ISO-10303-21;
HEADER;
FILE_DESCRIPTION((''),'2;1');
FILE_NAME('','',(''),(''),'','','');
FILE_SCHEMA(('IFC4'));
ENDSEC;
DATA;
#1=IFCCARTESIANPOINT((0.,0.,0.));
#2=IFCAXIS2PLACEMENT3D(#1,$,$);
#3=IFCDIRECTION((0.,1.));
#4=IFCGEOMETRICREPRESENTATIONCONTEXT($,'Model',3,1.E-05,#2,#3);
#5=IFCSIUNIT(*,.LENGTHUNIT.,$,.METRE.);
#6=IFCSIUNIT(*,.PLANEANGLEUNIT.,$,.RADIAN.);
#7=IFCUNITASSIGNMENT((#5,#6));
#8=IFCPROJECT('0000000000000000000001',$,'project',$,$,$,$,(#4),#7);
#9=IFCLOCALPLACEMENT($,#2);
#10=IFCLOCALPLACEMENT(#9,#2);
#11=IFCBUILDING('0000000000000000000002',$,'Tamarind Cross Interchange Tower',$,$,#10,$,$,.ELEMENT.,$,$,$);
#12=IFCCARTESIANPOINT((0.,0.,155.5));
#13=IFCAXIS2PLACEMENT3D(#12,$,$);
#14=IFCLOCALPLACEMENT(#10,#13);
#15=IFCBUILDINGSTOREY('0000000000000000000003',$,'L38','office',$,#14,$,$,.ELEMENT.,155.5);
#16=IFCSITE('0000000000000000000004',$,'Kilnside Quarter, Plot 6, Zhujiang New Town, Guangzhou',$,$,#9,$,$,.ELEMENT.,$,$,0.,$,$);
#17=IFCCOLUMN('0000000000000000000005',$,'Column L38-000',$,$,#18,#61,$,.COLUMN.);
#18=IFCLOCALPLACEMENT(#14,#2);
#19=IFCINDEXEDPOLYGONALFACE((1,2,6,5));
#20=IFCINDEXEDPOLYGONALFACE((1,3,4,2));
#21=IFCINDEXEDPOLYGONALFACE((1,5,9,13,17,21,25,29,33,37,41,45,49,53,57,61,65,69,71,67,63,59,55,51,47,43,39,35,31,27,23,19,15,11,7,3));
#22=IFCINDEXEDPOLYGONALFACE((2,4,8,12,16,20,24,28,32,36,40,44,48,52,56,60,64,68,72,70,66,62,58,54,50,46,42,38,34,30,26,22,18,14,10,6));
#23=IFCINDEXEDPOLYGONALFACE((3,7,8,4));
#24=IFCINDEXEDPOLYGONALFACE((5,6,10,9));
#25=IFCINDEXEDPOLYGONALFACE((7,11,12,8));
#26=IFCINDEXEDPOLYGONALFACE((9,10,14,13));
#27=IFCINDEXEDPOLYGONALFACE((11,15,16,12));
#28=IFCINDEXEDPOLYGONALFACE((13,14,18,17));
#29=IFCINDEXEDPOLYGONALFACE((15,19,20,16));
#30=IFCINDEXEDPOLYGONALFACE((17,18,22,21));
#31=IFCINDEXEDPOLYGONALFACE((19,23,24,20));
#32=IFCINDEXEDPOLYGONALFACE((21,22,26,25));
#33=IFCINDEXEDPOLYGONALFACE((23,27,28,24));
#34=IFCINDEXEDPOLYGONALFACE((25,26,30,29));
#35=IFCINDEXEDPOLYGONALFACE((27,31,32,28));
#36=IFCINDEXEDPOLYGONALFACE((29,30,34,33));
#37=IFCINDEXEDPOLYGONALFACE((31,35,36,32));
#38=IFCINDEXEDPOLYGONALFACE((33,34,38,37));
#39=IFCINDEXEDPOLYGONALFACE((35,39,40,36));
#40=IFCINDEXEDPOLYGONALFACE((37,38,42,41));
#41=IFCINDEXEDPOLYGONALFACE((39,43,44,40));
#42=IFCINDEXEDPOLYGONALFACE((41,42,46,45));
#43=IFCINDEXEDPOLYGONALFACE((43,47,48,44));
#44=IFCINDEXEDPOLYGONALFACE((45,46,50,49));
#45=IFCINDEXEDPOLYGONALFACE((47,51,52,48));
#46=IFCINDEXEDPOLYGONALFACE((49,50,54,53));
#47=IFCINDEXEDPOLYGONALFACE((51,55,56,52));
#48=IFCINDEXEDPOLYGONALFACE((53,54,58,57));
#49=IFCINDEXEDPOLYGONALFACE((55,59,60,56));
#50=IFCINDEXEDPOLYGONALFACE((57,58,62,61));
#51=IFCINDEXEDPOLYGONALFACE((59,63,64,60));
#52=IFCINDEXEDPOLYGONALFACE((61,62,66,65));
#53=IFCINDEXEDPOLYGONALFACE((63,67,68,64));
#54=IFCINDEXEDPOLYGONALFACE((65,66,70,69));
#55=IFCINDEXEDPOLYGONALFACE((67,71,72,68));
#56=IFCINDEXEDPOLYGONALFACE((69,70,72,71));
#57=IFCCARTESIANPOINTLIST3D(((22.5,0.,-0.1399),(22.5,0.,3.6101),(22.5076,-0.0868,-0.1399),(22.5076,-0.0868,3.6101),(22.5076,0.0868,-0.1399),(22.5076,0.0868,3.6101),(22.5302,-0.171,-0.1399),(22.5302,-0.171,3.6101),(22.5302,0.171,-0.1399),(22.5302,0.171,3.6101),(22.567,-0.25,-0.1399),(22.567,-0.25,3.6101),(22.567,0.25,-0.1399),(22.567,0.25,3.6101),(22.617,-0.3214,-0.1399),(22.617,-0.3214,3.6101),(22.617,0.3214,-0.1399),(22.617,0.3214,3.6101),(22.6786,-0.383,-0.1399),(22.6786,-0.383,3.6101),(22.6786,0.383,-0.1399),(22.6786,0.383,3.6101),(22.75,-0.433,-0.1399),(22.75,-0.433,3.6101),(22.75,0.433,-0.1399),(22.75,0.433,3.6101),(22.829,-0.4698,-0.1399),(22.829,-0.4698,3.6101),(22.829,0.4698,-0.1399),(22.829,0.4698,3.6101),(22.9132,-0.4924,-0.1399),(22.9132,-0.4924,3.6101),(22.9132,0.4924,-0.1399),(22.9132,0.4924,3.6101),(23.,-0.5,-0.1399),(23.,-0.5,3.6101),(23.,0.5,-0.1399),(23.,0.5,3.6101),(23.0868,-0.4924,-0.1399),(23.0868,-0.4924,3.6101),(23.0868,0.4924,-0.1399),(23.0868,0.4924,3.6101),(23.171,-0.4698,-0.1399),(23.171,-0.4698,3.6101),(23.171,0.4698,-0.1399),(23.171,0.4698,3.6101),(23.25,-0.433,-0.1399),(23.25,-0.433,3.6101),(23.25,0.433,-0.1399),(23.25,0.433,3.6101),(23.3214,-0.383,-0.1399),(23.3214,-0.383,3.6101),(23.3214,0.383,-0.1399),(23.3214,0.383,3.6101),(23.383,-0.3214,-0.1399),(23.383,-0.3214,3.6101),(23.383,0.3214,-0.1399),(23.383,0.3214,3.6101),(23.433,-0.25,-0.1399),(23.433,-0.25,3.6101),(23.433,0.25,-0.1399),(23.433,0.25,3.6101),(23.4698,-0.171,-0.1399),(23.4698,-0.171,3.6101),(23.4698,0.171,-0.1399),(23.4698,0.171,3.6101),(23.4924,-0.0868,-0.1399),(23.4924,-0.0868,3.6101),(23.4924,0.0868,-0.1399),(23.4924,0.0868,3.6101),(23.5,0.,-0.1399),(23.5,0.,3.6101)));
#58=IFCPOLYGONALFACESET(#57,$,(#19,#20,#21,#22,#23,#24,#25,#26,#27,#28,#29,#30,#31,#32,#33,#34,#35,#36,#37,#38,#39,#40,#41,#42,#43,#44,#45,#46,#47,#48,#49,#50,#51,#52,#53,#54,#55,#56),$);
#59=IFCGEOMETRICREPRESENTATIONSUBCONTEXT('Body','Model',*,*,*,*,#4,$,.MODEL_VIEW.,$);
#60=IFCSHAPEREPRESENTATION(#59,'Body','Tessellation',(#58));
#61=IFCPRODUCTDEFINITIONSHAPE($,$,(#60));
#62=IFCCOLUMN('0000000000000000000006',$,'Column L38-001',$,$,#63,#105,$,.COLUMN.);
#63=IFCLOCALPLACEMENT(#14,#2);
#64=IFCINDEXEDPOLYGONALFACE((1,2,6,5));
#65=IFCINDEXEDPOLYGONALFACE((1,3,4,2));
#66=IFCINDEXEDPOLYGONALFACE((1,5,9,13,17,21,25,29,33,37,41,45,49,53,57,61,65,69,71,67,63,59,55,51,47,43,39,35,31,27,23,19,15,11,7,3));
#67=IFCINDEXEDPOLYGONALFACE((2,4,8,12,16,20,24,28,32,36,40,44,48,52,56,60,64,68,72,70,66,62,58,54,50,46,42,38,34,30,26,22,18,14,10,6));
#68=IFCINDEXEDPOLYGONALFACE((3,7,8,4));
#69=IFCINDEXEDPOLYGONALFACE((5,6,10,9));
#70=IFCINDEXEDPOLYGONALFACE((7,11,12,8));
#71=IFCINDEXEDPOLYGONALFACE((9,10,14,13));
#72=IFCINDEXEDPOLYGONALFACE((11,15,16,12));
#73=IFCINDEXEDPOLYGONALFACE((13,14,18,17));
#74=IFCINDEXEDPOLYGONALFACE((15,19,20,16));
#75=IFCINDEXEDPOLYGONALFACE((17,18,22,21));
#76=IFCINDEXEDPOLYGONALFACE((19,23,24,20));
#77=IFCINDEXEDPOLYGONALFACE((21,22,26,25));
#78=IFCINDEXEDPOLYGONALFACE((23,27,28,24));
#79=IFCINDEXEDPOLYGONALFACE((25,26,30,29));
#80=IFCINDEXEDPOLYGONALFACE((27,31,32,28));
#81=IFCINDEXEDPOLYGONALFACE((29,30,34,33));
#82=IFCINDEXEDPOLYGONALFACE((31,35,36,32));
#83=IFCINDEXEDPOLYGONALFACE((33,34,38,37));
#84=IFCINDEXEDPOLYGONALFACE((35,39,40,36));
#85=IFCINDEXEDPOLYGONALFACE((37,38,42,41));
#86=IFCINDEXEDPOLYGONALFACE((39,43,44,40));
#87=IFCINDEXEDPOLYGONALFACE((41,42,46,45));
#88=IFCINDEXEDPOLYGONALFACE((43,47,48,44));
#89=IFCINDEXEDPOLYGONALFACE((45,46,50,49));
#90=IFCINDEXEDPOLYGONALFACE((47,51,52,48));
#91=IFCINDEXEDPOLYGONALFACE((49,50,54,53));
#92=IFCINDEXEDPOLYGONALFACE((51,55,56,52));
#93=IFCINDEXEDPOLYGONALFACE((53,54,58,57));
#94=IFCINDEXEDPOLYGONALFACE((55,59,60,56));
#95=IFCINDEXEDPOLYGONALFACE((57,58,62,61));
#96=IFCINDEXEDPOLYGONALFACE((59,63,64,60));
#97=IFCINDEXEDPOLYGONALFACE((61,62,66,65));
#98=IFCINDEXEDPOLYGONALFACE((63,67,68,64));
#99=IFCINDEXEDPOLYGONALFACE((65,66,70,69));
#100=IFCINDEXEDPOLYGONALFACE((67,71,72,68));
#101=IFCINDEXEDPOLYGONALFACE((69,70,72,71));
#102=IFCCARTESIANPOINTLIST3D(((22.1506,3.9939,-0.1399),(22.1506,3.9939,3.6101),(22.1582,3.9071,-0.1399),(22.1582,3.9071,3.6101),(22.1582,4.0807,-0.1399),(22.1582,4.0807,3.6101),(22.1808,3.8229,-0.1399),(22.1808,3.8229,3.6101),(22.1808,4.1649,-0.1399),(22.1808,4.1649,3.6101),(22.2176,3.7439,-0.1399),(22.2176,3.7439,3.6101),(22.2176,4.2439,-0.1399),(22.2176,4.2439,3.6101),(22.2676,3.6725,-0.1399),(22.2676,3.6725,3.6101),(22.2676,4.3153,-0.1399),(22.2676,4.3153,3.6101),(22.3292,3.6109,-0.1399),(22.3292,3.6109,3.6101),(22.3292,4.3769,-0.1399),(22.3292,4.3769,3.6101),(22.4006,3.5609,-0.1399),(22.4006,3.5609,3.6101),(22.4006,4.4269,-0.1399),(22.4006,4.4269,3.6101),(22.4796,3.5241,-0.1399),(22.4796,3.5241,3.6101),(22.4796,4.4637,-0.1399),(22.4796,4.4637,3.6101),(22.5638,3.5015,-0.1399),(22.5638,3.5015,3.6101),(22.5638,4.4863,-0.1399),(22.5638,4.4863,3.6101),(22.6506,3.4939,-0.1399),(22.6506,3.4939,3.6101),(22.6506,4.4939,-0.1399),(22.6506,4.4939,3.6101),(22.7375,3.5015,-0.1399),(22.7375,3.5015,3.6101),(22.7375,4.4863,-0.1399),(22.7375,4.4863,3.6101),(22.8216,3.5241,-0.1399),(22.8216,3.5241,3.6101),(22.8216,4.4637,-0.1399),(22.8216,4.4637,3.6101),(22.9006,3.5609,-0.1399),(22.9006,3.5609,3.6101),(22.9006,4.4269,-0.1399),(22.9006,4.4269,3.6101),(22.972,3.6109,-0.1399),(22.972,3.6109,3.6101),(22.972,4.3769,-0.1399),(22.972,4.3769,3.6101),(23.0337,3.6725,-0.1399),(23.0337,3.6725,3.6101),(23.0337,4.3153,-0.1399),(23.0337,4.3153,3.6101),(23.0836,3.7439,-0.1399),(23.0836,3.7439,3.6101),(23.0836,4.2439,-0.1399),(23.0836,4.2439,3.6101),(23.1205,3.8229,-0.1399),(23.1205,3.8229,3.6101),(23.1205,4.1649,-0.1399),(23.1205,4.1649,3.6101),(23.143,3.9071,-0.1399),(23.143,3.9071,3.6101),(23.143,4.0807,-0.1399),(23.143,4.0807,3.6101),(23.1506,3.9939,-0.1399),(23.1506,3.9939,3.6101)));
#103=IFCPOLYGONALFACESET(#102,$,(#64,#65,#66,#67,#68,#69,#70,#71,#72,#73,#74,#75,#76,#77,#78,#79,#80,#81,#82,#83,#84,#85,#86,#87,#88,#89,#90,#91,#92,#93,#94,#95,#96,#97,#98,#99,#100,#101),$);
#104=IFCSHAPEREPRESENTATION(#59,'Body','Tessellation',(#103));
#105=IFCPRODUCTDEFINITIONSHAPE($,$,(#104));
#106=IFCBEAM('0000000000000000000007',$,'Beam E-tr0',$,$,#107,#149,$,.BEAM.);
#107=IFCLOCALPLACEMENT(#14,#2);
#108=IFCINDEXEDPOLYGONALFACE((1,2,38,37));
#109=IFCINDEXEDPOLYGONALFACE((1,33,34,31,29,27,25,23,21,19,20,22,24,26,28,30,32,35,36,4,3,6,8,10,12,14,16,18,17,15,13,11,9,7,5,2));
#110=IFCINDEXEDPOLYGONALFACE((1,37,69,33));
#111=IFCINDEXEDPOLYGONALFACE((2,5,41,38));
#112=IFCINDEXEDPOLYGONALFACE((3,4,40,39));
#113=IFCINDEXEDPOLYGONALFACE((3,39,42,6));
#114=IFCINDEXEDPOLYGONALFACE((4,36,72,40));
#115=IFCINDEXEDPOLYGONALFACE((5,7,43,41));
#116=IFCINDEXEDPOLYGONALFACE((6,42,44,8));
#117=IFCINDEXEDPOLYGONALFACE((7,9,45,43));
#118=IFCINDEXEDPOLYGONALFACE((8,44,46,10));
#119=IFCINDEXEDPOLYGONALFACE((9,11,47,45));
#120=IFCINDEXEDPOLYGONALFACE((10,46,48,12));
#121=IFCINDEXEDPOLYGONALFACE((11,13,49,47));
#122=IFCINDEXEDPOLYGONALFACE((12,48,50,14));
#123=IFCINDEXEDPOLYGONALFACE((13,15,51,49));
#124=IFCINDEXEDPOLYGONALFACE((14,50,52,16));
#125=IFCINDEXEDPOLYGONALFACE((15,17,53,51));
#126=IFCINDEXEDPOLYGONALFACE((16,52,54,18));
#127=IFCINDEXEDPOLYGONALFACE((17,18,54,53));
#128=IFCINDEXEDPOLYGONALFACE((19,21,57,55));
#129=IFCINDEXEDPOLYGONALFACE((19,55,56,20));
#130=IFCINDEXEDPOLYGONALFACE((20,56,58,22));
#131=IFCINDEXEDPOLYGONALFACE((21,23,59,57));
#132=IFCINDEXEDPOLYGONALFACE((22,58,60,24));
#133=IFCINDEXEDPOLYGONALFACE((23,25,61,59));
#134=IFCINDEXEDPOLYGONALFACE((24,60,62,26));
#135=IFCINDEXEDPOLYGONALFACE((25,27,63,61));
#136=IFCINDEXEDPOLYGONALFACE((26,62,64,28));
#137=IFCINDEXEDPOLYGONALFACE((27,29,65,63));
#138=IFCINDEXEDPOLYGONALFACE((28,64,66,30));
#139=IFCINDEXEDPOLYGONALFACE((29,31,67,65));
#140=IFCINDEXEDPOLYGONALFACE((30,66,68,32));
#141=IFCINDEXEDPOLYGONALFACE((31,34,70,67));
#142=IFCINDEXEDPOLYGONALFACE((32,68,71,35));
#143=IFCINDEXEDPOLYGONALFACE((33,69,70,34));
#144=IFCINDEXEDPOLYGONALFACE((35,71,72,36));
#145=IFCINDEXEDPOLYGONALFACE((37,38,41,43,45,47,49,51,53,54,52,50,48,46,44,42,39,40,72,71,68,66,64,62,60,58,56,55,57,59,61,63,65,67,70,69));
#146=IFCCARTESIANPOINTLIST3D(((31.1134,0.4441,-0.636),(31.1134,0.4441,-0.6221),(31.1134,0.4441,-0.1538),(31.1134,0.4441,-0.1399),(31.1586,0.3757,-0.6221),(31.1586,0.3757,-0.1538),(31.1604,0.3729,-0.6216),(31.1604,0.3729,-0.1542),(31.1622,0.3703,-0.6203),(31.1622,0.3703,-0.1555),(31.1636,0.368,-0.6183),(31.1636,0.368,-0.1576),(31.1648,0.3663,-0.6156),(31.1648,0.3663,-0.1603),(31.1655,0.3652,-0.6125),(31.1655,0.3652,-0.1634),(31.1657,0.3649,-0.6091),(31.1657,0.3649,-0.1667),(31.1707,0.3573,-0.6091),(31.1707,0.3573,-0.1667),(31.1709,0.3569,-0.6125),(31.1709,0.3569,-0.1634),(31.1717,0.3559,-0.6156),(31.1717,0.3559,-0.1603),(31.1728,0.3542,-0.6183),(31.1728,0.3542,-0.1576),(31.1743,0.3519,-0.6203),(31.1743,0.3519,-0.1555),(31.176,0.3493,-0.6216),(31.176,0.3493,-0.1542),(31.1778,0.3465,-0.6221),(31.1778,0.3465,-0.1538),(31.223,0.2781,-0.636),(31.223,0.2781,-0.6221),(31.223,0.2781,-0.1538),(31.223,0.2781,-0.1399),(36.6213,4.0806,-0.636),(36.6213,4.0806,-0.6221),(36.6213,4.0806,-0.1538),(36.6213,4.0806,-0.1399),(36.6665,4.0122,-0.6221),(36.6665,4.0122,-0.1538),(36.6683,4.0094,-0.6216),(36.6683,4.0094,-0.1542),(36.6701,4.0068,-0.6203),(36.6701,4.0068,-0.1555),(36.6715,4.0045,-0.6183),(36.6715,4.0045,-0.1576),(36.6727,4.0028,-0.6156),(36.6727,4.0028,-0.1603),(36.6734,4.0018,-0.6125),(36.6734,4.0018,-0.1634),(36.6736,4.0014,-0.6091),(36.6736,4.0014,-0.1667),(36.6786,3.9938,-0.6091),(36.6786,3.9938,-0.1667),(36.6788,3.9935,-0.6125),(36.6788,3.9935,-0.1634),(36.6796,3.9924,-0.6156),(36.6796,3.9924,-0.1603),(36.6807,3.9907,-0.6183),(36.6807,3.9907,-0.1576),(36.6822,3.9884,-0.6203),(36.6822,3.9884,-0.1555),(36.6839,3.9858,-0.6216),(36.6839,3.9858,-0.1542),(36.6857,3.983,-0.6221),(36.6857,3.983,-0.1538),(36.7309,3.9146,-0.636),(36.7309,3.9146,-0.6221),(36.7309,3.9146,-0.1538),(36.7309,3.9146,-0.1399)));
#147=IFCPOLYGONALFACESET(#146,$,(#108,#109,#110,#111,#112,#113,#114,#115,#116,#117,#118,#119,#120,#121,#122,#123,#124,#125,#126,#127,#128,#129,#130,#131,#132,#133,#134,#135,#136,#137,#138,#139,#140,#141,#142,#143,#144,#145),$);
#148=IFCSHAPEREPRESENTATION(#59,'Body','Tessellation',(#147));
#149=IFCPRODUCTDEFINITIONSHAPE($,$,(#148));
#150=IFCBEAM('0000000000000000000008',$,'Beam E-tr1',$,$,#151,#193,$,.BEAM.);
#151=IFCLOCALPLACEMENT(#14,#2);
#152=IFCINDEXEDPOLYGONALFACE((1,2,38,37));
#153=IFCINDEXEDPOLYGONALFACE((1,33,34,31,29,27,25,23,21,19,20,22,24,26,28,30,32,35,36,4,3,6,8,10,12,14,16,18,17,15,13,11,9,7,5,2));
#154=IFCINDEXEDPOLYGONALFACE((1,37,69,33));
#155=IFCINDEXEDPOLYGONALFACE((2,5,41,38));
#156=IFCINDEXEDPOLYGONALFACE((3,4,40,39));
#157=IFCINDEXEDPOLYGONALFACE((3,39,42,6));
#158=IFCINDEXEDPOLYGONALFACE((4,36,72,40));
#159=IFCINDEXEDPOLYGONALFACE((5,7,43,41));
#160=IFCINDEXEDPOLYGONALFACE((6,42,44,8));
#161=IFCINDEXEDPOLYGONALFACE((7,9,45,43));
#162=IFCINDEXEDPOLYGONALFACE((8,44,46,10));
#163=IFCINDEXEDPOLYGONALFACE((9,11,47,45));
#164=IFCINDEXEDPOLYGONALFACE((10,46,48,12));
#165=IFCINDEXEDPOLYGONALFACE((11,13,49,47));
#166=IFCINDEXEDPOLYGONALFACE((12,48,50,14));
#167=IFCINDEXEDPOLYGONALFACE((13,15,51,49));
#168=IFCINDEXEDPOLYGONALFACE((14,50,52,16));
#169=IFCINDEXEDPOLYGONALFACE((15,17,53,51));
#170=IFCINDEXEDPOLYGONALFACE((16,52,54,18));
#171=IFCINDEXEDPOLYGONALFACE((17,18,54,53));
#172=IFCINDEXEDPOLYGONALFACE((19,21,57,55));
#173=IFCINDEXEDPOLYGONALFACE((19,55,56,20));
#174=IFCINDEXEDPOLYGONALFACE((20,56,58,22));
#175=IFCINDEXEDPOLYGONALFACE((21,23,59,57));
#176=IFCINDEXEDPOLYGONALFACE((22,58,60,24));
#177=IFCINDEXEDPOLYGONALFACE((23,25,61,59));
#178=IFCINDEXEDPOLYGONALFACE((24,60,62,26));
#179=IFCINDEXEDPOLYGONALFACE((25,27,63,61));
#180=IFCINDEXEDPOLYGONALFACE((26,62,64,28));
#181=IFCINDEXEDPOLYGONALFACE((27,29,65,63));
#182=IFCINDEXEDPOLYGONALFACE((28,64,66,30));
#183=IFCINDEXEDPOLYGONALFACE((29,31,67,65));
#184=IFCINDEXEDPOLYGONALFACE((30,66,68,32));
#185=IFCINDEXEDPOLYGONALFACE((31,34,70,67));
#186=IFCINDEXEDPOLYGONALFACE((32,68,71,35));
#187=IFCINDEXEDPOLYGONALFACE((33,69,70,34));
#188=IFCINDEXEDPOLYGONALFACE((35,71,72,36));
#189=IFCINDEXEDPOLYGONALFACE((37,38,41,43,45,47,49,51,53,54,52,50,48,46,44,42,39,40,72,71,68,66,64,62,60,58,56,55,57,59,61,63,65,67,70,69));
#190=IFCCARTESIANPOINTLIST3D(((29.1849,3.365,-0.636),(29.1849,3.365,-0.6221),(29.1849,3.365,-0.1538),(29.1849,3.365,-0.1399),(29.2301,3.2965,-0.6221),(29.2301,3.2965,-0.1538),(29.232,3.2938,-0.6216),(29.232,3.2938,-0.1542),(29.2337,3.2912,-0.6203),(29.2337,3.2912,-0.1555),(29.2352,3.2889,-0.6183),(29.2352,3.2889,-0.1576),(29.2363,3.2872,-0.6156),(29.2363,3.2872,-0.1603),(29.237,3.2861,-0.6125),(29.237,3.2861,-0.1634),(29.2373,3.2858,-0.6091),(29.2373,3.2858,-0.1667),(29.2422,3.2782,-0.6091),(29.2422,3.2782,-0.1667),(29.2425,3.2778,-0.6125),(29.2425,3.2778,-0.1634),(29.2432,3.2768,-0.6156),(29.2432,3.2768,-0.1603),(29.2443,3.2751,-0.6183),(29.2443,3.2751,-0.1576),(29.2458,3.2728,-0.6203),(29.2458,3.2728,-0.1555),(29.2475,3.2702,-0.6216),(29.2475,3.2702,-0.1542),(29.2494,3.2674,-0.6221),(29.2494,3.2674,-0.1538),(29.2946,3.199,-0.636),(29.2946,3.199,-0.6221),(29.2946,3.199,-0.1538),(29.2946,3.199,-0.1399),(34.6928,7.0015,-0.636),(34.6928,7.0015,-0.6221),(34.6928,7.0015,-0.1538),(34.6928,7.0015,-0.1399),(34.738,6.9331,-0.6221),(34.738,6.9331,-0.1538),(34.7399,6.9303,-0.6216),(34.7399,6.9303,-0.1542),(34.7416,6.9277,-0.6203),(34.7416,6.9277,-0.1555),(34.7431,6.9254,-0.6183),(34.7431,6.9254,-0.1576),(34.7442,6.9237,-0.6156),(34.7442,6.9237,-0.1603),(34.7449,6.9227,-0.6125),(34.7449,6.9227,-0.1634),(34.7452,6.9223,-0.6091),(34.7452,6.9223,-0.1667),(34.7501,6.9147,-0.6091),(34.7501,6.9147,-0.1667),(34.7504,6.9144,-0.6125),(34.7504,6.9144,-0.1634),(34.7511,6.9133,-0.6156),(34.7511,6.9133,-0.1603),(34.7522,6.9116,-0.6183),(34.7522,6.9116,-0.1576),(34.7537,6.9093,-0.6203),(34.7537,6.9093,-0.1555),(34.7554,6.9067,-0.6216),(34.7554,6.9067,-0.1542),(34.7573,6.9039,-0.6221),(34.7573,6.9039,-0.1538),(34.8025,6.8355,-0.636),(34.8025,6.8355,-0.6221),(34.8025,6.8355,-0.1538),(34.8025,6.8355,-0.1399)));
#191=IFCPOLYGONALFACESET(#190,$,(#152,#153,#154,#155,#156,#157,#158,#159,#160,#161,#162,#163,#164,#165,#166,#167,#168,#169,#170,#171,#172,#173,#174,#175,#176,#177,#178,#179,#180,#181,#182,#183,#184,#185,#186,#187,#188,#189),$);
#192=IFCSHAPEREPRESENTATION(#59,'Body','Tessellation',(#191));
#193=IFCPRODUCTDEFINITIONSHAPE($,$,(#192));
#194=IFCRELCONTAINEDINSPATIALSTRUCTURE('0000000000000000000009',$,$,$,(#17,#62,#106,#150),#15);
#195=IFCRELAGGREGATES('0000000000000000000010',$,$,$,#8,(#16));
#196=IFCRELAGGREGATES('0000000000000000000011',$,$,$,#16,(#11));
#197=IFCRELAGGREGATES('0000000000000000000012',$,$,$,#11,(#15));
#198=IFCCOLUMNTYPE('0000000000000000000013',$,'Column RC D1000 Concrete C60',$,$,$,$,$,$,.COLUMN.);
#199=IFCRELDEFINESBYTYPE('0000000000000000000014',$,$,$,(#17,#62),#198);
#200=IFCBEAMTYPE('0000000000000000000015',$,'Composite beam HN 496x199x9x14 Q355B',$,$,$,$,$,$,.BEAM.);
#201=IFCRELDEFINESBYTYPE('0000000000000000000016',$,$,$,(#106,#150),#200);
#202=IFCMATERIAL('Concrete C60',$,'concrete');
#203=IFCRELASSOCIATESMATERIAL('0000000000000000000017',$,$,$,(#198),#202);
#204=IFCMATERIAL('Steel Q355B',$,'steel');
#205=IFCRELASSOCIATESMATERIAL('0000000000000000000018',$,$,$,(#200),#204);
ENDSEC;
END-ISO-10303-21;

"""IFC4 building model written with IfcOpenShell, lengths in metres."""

from ifc_helpers import new_model, si_unit, direction, frame, origin, origin_2d, place, context, subcontext, project, spatial, circle, i_section, extrude, material, material_profile, profile_set, type_object, element, save


model = new_model("IFC4")

# Units and contexts
model_context = context("Model", 3, precision=1e-05, world=origin(), true_north=direction((0.0, 1.0)))
body_context = subcontext(model_context, "Body", "Model", "MODEL_VIEW")
ifc_project = project(units=[si_unit("LENGTHUNIT", "METRE"), si_unit("PLANEANGLEUNIT", "RADIAN")], contexts=[model_context])

# Site, building, storey
site_placement = place(None, origin())
site = spatial("IfcSite", under=ifc_project, at=site_placement, Name="Kilnside Quarter, Plot 6, Zhujiang New Town, Guangzhou", CompositionType="ELEMENT", RefElevation=0.0)
building_placement = place(site_placement, origin())
building = spatial("IfcBuilding", under=site, at=building_placement, Name="Tamarind Cross Interchange Tower", CompositionType="ELEMENT")
storey_placement = place(building_placement, frame((0.0, 0.0, 155.5)))
storey = spatial("IfcBuildingStorey", under=building, at=storey_placement, Name="L38", Description="office", CompositionType="ELEMENT", Elevation=155.5)

# Columns
ifc_material_1 = material(Name="Concrete C60", Category="concrete")
ifc_material_profile_1 = material_profile(ifc_material_1, circle(Radius=0.5, at=origin_2d()), Name="RC D1000")
ifc_profile_set_1 = profile_set([ifc_material_profile_1], Name="Concrete C60")
column_type = type_object("IfcColumnType", Name="Column RC D1000 Concrete C60", PredefinedType="COLUMN", material=ifc_profile_set_1)
for number, where, z_axis, x_axis, name in (
    (1, (23.0, 0.0, -0.1399), (0.0, 0.0, 1.0), (1.0, 0.0, 0.0), "Column L38-000"),
    (2, (22.6506, 3.9939, -0.1399), (0.0, 0.0, 1.0), (1.0, 0.0, 0.0), "Column L38-001"),
):
    element("IfcColumn", number, at=place(storey_placement, frame(where, z_axis=z_axis, x_axis=x_axis)), inside=storey, type_object=column_type, Name=name, PredefinedType="COLUMN", context=body_context, shape_type="SweptSolid", body=[
        extrude(circle(Radius=0.5, at=origin_2d()), origin(), (0.0, 0.0, 1.0), 3.75),
    ])

# Beams
ifc_material_2 = material(Name="Steel Q355B", Category="steel")
ifc_material_profile_2 = material_profile(ifc_material_2, i_section(OverallWidth=0.199, OverallDepth=0.4961, WebThickness=0.009, FlangeThickness=0.0139, FilletRadius=0.0129, at=origin_2d()), Name="HN 496x199x9x14")
ifc_profile_set_2 = profile_set([ifc_material_profile_2], Name="Steel Q355B")
beam_type_1 = type_object("IfcBeamType", Name="Composite beam HN 496x199x9x14 Q355B", PredefinedType="BEAM", material=ifc_profile_set_2)
for number, where, z_axis, x_axis, name in (
    (3, (31.1682, 0.3611, -0.3879), (0.834518, 0.550981, 0.0), (-0.550981, 0.834518, 0.0), "Beam E-tr0"),
    (4, (29.2397, 3.282, -0.3879), (0.834518, 0.550981, 0.0), (-0.550981, 0.834518, 0.0), "Beam E-tr1"),
):
    element("IfcBeam", number, at=place(storey_placement, frame(where, z_axis=z_axis, x_axis=x_axis)), inside=storey, type_object=beam_type_1, Name=name, PredefinedType="BEAM", context=body_context, shape_type="SweptSolid", body=[
        extrude(i_section(OverallWidth=0.199, OverallDepth=0.4961, WebThickness=0.009, FlangeThickness=0.0139, FilletRadius=0.0129, at=origin_2d()), origin(), (0.0, 0.0, 1.0), 6.6001),
    ])

save(model, "model.ifc")
